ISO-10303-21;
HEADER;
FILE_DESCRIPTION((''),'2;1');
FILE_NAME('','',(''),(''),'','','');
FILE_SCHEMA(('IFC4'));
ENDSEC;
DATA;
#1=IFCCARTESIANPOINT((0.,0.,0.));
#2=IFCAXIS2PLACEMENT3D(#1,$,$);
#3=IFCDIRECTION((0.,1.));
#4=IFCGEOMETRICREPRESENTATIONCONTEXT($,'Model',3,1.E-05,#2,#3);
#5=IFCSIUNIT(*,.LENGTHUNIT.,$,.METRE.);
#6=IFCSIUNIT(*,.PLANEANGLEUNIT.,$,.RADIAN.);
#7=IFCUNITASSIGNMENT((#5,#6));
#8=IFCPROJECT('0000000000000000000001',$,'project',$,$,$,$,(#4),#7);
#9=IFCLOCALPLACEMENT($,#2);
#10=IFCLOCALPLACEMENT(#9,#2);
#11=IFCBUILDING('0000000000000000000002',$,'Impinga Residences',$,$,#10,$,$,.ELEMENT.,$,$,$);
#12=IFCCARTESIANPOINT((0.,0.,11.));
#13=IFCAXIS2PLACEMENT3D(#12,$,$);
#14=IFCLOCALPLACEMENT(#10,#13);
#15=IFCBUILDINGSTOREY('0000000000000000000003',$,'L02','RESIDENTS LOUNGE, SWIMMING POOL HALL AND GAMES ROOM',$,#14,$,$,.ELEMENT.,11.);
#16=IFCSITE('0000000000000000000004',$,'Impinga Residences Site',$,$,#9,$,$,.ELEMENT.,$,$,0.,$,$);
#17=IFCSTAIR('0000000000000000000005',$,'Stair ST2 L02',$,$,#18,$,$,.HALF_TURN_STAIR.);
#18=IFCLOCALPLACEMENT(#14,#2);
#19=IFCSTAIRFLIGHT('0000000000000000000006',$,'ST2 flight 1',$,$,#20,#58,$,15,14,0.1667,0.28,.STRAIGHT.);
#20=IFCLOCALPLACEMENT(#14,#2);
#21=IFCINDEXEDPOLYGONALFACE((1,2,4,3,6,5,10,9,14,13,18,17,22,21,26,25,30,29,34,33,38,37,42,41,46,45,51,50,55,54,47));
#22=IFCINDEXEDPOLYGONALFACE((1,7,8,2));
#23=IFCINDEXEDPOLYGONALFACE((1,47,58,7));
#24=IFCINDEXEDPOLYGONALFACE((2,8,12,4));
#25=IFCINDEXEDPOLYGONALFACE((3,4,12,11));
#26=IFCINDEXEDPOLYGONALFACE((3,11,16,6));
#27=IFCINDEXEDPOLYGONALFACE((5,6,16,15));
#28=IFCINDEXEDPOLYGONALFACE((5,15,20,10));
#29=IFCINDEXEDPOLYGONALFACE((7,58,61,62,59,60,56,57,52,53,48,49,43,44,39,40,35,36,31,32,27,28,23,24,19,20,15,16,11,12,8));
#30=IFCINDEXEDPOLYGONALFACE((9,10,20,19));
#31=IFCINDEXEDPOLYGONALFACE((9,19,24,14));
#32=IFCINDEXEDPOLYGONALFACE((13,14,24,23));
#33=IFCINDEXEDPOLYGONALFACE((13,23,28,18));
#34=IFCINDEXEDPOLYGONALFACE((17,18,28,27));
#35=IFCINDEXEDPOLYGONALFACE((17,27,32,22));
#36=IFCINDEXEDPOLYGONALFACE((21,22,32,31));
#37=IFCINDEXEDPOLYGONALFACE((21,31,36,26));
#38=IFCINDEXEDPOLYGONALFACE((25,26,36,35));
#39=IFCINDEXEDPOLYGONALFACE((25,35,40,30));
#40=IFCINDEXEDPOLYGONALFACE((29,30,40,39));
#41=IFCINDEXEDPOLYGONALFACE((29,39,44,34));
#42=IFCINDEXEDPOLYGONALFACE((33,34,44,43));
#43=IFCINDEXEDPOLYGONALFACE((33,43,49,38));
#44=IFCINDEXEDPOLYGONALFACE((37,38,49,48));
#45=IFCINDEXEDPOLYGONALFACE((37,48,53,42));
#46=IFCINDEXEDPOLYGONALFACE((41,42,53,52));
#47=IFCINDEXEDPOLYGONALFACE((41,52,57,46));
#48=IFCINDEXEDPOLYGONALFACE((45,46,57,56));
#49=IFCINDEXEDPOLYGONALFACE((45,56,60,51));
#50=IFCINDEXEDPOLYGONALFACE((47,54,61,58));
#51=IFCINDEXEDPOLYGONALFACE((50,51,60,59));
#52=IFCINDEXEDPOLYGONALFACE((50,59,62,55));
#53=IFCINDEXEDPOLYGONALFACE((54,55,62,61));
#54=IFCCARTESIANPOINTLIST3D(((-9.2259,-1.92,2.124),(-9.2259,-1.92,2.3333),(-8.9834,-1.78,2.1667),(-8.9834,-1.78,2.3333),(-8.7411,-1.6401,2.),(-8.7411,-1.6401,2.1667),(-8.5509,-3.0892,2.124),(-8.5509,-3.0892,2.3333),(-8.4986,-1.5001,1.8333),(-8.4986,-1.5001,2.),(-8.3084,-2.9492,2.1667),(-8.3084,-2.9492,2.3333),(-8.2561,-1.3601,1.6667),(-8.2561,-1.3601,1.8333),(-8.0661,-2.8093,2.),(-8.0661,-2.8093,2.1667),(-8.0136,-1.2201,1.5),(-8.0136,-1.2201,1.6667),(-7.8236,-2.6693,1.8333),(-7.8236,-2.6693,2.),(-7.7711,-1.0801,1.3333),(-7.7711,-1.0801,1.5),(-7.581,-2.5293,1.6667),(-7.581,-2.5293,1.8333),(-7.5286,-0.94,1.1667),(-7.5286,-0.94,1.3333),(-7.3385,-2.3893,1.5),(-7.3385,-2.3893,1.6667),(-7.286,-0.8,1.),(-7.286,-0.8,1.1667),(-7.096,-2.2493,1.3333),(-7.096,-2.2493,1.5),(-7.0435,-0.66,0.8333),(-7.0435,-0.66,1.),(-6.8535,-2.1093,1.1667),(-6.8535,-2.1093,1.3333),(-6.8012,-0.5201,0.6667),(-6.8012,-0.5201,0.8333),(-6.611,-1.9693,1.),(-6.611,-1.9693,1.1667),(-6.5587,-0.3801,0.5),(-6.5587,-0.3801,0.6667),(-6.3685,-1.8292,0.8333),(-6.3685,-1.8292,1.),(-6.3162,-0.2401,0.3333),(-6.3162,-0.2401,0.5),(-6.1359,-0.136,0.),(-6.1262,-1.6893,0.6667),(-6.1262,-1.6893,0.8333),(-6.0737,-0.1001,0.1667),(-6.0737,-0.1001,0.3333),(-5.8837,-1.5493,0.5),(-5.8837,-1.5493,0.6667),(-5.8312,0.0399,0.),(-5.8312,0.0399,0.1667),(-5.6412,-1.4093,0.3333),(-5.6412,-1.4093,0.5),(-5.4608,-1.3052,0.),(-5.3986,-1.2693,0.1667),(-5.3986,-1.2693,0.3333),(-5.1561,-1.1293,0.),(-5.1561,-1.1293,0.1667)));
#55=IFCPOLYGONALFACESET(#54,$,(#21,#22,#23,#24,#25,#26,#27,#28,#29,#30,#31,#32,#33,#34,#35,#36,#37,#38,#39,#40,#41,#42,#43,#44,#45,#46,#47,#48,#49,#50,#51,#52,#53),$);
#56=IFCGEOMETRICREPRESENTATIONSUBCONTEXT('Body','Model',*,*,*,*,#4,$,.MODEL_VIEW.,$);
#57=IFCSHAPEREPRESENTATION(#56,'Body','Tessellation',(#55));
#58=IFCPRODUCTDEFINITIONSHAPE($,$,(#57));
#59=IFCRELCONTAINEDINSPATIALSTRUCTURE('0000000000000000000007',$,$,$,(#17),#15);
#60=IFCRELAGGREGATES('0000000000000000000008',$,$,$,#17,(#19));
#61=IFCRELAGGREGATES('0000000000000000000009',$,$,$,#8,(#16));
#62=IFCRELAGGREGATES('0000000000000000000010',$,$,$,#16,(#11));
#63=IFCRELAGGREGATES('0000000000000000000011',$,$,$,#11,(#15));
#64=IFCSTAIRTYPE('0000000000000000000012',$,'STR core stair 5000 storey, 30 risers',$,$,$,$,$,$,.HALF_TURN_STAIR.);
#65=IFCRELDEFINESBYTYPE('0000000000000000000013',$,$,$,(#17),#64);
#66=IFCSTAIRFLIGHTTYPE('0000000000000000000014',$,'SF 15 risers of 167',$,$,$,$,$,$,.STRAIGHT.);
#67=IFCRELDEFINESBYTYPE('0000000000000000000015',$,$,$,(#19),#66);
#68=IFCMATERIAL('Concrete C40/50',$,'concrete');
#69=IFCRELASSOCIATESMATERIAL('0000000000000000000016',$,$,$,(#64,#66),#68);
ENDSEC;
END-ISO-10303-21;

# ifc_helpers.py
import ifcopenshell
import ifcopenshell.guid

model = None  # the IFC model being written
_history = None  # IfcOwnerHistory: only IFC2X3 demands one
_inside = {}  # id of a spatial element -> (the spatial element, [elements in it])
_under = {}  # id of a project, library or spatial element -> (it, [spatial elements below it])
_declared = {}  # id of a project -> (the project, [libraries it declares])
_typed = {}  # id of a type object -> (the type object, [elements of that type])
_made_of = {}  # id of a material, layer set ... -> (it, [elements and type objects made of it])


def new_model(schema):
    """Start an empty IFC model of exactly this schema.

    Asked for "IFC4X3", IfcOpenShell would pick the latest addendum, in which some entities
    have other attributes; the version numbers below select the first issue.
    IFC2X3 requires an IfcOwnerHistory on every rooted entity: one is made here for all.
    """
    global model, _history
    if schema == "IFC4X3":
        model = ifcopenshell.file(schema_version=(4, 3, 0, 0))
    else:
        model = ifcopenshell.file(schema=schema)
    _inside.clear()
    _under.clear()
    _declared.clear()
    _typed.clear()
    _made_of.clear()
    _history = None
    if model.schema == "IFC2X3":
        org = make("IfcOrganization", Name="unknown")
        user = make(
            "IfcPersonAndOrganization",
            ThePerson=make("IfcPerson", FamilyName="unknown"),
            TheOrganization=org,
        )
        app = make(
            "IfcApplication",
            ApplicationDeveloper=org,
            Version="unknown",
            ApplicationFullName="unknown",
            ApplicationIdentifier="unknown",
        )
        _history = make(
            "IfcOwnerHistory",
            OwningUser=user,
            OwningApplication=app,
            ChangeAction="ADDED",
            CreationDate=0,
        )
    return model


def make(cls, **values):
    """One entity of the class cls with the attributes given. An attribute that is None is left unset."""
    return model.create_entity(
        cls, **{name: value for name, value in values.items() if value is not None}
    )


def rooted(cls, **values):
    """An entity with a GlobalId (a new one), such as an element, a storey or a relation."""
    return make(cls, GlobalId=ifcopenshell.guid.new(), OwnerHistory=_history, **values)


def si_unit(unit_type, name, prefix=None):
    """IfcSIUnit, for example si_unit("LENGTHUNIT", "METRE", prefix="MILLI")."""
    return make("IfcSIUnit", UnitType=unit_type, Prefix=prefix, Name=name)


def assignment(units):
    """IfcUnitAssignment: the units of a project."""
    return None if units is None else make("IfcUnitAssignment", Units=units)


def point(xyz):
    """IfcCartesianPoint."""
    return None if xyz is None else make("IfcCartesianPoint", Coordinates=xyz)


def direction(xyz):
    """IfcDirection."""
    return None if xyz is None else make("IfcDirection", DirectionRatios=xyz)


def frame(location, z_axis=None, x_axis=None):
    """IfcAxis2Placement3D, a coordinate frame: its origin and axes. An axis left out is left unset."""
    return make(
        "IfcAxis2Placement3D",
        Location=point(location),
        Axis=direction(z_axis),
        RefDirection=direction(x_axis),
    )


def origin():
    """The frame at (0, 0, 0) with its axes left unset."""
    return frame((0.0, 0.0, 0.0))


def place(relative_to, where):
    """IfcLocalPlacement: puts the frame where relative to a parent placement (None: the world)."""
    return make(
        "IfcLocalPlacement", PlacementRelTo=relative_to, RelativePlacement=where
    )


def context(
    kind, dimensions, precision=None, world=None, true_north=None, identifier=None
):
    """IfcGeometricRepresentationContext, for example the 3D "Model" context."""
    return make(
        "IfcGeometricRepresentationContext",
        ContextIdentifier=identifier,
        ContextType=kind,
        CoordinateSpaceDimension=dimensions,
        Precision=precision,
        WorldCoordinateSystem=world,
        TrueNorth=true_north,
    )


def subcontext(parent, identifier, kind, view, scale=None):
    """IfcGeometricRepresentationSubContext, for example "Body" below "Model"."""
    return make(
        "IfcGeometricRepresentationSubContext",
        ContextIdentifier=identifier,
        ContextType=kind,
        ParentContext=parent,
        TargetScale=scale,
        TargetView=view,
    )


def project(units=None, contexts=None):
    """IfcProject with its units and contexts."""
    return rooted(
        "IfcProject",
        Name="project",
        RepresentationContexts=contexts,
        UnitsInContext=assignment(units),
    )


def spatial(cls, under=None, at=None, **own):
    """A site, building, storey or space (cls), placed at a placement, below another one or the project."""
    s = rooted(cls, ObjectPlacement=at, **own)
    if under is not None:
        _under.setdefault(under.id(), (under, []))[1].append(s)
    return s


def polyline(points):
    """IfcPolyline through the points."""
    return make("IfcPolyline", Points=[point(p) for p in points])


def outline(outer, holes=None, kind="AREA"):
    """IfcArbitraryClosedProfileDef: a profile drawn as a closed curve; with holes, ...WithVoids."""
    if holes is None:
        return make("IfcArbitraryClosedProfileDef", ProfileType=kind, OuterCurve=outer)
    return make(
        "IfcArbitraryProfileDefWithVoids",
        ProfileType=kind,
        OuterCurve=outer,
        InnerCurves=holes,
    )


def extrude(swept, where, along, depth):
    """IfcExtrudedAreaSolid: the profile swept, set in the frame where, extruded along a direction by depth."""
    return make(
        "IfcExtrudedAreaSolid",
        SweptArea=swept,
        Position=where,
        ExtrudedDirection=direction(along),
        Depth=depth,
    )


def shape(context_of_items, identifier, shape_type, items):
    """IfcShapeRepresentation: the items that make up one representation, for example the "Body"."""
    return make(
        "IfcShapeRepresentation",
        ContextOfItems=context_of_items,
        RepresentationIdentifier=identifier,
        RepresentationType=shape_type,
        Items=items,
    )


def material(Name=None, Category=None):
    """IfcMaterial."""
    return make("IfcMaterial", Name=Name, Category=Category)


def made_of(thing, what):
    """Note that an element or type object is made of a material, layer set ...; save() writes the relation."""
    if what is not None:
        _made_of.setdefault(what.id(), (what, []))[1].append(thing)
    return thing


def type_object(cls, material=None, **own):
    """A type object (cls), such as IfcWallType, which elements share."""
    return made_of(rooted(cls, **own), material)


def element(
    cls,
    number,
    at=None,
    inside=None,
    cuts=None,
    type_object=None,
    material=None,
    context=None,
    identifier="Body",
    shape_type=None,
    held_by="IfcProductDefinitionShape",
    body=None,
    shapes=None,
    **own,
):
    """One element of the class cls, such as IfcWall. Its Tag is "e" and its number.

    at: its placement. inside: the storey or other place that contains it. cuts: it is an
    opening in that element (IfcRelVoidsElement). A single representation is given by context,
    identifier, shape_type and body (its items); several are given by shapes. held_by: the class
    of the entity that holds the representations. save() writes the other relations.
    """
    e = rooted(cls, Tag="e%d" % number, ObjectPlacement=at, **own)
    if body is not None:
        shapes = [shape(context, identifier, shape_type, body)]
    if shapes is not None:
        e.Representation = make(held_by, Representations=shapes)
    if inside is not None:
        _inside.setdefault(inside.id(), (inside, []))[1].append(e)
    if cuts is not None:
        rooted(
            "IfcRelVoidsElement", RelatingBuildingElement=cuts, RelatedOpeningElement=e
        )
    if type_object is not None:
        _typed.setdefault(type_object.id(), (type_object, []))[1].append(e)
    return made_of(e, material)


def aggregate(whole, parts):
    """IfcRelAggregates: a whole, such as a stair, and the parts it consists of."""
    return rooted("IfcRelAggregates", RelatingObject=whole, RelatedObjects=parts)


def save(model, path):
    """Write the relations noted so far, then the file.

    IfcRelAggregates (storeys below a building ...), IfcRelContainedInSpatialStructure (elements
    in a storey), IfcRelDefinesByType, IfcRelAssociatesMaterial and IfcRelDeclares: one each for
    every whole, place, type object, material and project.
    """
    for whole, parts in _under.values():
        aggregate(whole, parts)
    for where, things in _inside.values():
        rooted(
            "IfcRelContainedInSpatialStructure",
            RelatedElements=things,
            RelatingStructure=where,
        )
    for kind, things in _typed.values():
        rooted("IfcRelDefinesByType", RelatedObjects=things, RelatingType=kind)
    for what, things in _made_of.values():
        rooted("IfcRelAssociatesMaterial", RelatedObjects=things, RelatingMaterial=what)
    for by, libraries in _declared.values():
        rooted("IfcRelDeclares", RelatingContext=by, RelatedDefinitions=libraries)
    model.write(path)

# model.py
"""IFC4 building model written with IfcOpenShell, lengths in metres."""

from ifc_helpers import new_model, si_unit, direction, frame, origin, place, context, subcontext, project, spatial, polyline, outline, extrude, material, type_object, element, aggregate, save


model = new_model("IFC4")

# Units and contexts
model_context = context("Model", 3, precision=1e-05, world=origin(), true_north=direction((0.0, 1.0)))
body_context = subcontext(model_context, "Body", "Model", "MODEL_VIEW")
ifc_project = project(units=[si_unit("LENGTHUNIT", "METRE"), si_unit("PLANEANGLEUNIT", "RADIAN")], contexts=[model_context])

# Site, building, storey
site_placement = place(None, origin())
site = spatial("IfcSite", under=ifc_project, at=site_placement, Name="Impinga Residences Site", CompositionType="ELEMENT", RefElevation=0.0)
building_placement = place(site_placement, origin())
building = spatial("IfcBuilding", under=site, at=building_placement, Name="Impinga Residences", CompositionType="ELEMENT")
storey_placement = place(building_placement, frame((0.0, 0.0, 11.0)))
storey = spatial("IfcBuildingStorey", under=building, at=storey_placement, Name="L02", Description="RESIDENTS LOUNGE, SWIMMING POOL HALL AND GAMES ROOM", CompositionType="ELEMENT", Elevation=11.0)

# Stair, stair flight
ifc_material_1 = material(Name="Concrete C40/50", Category="concrete")
stair_type = type_object("IfcStairType", Name="STR core stair 5000 storey, 30 risers", PredefinedType="HALF_TURN_STAIR", material=ifc_material_1)
stair_placement = place(storey_placement, origin())
stair = element("IfcStair", 1, at=stair_placement, inside=storey, type_object=stair_type, Name="Stair ST2 L02", PredefinedType="HALF_TURN_STAIR")
stair_flight_type = type_object("IfcStairFlightType", Name="SF 15 risers of 167", PredefinedType="STRAIGHT", material=ifc_material_1)
stair_flight_placement = place(storey_placement, frame((-5.4937, -0.5447, 0.0), z_axis=(0.0, 0.0, 1.0), x_axis=(-0.866025, -0.5, 0.0)))
stair_flight = element("IfcStairFlight", 2, at=stair_flight_placement, type_object=stair_flight_type, Name="ST2 flight 1", NumberOfRisers=15, NumberOfTreads=14, PredefinedType="STRAIGHT", RiserHeight=0.1667, TreadLength=0.28, context=body_context, shape_type="SweptSolid", body=[
    extrude(outline(polyline([(0.0, 0.0), (0.0, 0.1667), (0.28, 0.1667), (0.28, 0.3333), (0.5601, 0.3333), (0.5601, 0.5), (0.8401, 0.5), (0.8401, 0.6667), (1.1201, 0.6667), (1.1201, 0.8333), (1.3999, 0.8333), (1.3999, 1.0), (1.6799, 1.0), (1.6799, 1.1667), (1.96, 1.1667), (1.96, 1.3333), (2.24, 1.3333), (2.24, 1.5), (2.52, 1.5), (2.52, 1.6667), (2.8, 1.6667), (2.8, 1.8333), (3.0801, 1.8333), (3.0801, 2.0), (3.3601, 2.0), (3.3601, 2.1667), (3.6399, 2.1667), (3.6399, 2.3333), (3.9199, 2.3333), (3.9199, 2.5), (3.9199, 2.124), (0.3518, 0.0), (0.0, 0.0)])), frame((0.0, 0.675, 0.0), z_axis=(0.0, -1.0, 0.0), x_axis=(1.0, 0.0, 0.0)), (0.0, 0.0, 1.0), 1.3501),
])
aggregate(stair, [stair_flight])

save(model, "model.ifc")
